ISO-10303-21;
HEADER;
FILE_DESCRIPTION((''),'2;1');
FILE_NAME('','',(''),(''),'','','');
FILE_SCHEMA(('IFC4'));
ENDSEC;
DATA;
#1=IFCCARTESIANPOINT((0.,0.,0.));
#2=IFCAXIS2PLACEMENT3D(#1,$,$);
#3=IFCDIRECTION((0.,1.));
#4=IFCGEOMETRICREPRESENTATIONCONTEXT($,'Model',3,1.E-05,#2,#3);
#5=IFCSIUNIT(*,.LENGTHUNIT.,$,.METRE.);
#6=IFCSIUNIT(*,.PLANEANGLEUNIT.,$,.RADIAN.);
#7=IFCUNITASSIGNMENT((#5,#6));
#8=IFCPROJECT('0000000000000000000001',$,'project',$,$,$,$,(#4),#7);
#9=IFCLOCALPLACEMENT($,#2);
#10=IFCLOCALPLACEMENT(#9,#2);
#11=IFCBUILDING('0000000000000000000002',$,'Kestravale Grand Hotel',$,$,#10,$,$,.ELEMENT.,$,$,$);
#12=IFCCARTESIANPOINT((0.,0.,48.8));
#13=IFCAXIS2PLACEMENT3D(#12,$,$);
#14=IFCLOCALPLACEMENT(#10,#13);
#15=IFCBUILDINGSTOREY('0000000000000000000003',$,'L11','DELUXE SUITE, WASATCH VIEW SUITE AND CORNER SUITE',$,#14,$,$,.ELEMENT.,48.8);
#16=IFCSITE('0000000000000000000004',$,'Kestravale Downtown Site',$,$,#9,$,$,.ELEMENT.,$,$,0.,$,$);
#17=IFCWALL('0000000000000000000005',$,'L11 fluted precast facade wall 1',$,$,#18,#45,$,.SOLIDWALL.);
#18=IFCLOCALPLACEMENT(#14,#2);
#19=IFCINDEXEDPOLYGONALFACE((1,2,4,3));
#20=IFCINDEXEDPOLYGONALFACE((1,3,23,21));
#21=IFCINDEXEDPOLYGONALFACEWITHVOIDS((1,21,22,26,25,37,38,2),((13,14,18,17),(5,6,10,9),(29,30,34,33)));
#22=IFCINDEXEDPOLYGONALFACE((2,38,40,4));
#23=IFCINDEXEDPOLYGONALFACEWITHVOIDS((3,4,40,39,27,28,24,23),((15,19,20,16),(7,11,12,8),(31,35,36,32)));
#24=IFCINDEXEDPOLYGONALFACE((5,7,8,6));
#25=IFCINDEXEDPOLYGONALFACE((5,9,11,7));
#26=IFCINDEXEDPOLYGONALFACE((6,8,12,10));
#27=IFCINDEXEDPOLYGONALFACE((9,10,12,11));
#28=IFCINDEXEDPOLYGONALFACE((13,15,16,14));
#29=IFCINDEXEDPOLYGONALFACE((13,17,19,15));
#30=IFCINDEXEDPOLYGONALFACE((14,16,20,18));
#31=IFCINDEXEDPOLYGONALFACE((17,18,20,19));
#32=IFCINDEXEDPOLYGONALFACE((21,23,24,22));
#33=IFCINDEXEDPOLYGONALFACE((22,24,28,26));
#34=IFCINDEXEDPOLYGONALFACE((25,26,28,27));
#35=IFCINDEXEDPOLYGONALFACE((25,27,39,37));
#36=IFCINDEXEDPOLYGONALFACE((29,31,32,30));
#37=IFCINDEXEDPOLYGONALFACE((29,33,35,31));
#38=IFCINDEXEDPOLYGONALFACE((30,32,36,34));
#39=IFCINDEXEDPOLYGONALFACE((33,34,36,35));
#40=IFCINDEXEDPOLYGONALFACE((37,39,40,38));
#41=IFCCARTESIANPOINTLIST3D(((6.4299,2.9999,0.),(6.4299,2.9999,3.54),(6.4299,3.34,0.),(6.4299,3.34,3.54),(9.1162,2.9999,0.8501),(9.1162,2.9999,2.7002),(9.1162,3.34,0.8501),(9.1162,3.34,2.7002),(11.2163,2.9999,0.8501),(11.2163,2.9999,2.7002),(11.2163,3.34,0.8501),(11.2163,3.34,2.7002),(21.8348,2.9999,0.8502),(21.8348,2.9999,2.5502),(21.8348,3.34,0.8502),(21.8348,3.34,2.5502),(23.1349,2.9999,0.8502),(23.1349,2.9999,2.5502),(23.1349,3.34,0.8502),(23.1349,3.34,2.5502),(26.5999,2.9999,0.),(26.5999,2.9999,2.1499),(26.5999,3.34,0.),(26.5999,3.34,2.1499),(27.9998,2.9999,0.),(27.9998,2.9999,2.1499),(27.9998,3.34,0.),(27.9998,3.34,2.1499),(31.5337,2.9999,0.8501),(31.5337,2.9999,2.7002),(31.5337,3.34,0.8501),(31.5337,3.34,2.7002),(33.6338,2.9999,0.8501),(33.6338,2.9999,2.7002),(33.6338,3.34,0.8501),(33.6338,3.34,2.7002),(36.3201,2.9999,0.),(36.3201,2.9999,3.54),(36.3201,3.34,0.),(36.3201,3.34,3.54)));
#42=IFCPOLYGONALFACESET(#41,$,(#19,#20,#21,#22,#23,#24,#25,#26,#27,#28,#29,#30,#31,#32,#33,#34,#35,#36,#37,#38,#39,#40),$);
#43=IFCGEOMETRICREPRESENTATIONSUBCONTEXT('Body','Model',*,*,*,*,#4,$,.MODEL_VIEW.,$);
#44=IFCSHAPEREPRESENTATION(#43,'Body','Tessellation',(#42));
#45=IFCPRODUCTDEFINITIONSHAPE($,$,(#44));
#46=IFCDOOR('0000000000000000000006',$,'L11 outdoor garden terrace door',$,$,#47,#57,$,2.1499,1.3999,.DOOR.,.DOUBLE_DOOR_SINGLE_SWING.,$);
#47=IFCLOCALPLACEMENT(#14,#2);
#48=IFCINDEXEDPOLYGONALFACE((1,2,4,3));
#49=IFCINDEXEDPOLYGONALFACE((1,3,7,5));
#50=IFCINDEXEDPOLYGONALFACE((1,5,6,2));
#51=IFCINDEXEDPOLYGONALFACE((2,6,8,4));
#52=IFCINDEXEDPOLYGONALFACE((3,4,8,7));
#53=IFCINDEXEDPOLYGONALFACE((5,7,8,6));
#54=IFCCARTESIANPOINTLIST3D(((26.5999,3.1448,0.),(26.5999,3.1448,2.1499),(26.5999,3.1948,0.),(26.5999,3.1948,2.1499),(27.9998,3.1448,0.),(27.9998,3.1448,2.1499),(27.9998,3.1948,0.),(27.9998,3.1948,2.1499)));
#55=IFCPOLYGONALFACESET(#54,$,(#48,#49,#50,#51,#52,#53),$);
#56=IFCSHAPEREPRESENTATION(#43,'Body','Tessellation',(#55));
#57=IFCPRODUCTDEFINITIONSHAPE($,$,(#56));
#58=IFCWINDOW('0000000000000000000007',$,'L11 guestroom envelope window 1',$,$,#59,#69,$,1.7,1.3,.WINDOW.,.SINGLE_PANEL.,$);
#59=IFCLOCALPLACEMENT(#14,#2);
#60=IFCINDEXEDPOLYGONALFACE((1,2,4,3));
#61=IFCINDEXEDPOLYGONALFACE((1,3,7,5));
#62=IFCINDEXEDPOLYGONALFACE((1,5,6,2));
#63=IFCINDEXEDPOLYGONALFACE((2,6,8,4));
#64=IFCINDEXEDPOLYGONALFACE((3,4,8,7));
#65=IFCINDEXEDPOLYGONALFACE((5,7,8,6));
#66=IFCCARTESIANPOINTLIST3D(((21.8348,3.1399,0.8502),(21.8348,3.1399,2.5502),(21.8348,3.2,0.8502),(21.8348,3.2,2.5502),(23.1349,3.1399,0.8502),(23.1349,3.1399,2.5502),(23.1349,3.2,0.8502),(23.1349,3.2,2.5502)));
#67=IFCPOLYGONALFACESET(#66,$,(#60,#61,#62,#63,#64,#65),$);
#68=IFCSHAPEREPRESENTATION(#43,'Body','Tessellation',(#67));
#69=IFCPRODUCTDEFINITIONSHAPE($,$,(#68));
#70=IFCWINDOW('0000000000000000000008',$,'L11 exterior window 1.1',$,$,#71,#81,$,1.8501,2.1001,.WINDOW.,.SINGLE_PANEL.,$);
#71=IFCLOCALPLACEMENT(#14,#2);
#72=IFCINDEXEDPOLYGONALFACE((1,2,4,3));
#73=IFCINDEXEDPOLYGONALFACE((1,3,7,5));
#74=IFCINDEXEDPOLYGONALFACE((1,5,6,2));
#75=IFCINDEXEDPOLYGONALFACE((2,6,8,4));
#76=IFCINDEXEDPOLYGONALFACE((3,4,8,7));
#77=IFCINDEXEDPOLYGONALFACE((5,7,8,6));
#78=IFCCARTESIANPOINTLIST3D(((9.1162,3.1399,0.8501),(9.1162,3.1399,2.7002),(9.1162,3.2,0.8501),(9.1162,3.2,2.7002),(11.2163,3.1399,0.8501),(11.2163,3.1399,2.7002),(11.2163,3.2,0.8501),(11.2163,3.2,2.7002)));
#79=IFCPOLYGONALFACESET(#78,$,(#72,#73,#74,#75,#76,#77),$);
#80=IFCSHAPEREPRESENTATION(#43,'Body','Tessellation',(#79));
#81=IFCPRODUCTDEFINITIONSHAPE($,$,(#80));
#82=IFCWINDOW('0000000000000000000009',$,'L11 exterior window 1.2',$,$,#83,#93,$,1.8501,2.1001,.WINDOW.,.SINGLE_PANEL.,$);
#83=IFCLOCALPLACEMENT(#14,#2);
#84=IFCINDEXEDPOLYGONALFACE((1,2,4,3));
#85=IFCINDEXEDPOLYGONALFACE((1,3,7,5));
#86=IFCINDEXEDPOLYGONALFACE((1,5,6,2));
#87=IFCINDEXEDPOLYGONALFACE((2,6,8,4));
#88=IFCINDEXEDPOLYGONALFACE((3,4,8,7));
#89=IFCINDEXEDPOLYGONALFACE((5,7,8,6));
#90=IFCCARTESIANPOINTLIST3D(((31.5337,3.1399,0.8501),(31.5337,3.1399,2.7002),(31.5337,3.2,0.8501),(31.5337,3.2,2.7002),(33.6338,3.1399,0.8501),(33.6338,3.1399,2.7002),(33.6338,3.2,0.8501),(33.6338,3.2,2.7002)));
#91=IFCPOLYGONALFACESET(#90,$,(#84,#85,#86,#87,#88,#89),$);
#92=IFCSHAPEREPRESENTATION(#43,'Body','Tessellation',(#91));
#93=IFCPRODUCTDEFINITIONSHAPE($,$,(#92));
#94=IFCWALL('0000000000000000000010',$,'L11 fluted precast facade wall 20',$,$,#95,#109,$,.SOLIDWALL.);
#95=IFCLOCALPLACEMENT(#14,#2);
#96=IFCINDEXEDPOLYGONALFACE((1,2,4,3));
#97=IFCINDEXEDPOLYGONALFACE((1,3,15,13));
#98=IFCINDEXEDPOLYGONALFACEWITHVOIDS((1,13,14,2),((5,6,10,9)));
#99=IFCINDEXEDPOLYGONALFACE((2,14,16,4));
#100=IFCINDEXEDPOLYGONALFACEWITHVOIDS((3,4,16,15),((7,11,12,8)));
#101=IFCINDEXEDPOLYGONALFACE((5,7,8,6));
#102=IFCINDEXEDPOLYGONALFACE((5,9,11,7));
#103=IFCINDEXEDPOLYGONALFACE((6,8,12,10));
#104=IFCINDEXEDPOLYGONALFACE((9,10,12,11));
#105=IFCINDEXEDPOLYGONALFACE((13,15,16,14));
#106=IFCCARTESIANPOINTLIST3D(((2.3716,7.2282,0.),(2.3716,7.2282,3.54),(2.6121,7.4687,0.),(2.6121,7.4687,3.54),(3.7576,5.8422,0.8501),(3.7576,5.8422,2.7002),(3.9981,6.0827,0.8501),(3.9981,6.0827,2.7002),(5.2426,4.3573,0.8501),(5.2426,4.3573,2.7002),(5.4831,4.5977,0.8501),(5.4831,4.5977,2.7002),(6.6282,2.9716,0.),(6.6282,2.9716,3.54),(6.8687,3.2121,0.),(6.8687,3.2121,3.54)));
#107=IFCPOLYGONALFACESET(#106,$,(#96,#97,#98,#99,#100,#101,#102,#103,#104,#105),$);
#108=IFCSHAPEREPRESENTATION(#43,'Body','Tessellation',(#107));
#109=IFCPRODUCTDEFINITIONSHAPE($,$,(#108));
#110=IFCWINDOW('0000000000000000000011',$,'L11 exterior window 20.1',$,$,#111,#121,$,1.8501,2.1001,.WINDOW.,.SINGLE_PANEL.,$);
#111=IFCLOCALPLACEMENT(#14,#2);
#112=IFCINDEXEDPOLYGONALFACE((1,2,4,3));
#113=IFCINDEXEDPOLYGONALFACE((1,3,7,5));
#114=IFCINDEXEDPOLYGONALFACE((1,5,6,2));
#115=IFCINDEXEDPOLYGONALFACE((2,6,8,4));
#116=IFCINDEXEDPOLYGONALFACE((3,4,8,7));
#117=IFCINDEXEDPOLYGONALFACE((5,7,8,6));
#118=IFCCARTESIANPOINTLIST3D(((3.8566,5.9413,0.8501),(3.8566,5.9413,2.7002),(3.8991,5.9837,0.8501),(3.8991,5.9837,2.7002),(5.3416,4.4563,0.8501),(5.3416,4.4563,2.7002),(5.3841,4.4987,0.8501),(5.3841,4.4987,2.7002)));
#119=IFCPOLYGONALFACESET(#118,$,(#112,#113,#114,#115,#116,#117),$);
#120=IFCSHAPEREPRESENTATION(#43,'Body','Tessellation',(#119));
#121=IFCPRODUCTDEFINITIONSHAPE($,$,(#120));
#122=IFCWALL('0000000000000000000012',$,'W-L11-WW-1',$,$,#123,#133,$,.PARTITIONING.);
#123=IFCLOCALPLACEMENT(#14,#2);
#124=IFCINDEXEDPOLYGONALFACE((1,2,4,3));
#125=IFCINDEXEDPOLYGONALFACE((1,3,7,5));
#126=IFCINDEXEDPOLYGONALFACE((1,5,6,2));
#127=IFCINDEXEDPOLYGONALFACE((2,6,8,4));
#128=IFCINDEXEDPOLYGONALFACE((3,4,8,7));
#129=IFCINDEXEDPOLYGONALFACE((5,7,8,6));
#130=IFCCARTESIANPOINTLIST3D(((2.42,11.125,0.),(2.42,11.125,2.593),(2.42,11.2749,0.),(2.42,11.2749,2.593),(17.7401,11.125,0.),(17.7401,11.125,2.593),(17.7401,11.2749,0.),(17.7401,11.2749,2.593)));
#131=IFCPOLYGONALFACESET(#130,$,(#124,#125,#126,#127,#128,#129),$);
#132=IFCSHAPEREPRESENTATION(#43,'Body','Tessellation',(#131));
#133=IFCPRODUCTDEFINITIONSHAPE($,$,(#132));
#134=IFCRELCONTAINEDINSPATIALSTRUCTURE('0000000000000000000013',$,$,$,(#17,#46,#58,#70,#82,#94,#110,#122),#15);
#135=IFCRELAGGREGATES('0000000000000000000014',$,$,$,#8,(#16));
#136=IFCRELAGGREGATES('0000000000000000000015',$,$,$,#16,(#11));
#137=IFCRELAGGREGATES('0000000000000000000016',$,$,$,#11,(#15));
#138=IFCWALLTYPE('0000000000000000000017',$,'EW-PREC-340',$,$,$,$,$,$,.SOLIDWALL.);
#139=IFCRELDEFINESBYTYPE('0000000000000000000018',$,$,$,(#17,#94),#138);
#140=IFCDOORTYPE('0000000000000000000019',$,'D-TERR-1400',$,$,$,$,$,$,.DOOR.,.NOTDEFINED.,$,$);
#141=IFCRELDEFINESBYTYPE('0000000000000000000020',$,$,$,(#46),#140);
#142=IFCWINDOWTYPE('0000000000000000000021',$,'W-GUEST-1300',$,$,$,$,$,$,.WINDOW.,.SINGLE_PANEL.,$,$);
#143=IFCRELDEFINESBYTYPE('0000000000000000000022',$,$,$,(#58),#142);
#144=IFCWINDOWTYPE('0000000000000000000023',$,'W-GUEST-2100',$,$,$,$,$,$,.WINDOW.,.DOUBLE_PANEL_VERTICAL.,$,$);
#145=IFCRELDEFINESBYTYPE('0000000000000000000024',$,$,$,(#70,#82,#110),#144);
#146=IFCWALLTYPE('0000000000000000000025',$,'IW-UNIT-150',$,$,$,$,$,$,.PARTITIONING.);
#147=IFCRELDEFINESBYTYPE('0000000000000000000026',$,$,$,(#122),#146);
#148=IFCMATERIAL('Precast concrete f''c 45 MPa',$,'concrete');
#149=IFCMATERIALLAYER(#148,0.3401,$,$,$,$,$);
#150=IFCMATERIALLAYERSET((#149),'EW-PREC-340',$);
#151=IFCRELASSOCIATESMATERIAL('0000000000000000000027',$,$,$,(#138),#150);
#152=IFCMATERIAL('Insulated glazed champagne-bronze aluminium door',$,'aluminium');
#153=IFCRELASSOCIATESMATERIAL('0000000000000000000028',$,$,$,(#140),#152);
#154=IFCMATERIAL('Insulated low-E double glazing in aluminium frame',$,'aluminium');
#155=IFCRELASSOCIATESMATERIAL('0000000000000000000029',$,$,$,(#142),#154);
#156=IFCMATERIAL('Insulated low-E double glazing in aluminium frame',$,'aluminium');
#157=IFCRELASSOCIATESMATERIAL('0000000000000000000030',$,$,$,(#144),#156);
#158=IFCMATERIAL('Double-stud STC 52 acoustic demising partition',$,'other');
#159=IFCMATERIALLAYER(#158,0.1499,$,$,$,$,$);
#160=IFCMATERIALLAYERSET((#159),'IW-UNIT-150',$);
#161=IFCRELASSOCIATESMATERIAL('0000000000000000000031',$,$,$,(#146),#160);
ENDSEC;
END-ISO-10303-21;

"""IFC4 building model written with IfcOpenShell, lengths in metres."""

from ifc_helpers import new_model, si_unit, direction, frame, frame_2d, origin, place, context, subcontext, project, spatial, rectangle, extrude, material, layer, layer_set, type_object, element, fill, save


model = new_model("IFC4")

# Units and contexts
model_context = context("Model", 3, precision=1e-05, world=origin(), true_north=direction((0.0, 1.0)))
body_context = subcontext(model_context, "Body", "Model", "MODEL_VIEW")
ifc_project = project(units=[si_unit("LENGTHUNIT", "METRE"), si_unit("PLANEANGLEUNIT", "RADIAN")], contexts=[model_context])

# Site, building, storey
site_placement = place(None, origin())
site = spatial("IfcSite", under=ifc_project, at=site_placement, Name="Kestravale Downtown Site", CompositionType="ELEMENT", RefElevation=0.0)
building_placement = place(site_placement, origin())
building = spatial("IfcBuilding", under=site, at=building_placement, Name="Kestravale Grand Hotel", CompositionType="ELEMENT")
storey_placement = place(building_placement, frame((0.0, 0.0, 48.8)))
storey = spatial("IfcBuildingStorey", under=building, at=storey_placement, Name="L11", Description="DELUXE SUITE, WASATCH VIEW SUITE AND CORNER SUITE", CompositionType="ELEMENT", Elevation=48.8)

# Wall, openings, door, windows
ifc_material_1 = material(Name="Precast concrete f'c 45 MPa", Category="concrete")
ifc_layer_1 = layer(ifc_material_1, 0.3401)
ifc_layer_set_1 = layer_set([ifc_layer_1], Name="EW-PREC-340")
wall_type_1 = type_object("IfcWallType", Name="EW-PREC-340", PredefinedType="SOLIDWALL", material=ifc_layer_set_1)
wall_1_placement = place(storey_placement, frame((6.4299, 3.1699, 0.0), z_axis=(0.0, 0.0, 1.0), x_axis=(1.0, 0.0, 0.0)))
wall_1 = element("IfcWall", 1, at=wall_1_placement, inside=storey, type_object=wall_type_1, Name="L11 fluted precast facade wall 1", PredefinedType="SOLIDWALL", context=body_context, shape_type="SweptSolid", body=[
    extrude(rectangle(XDim=29.8901, YDim=0.3401, at=frame_2d((14.9451, 0.0))), origin(), (0.0, 0.0, 1.0), 3.54),
])
opening_1_placement = place(wall_1_placement, frame((20.1699, 0.0, 0.0)))
opening_1 = element("IfcOpeningElement", 2, at=opening_1_placement, cuts=wall_1, PredefinedType="OPENING", context=body_context, shape_type="SweptSolid", body=[
    extrude(rectangle(XDim=1.3999, YDim=2.1499, at=frame_2d((0.7, 1.075))), frame((0.0, 0.1799, 0.0), z_axis=(0.0, -1.0, 0.0), x_axis=(1.0, 0.0, 0.0)), (0.0, 0.0, 1.0), 0.3601),
])
opening_2_placement = place(wall_1_placement, frame((2.6863, 0.0, 0.8501)))
opening_2 = element("IfcOpeningElement", 3, at=opening_2_placement, cuts=wall_1, PredefinedType="OPENING", context=body_context, shape_type="SweptSolid", body=[
    extrude(rectangle(XDim=2.1001, YDim=1.8501, at=frame_2d((1.05, 0.925))), frame((0.0, 0.1799, 0.0), z_axis=(0.0, -1.0, 0.0), x_axis=(1.0, 0.0, 0.0)), (0.0, 0.0, 1.0), 0.3601),
])
opening_3_placement = place(wall_1_placement, frame((25.1038, 0.0, 0.8501)))
opening_3 = element("IfcOpeningElement", 4, at=opening_3_placement, cuts=wall_1, PredefinedType="OPENING", context=body_context, shape_type="SweptSolid", body=[
    extrude(rectangle(XDim=2.1001, YDim=1.8501, at=frame_2d((1.05, 0.925))), frame((0.0, 0.1799, 0.0), z_axis=(0.0, -1.0, 0.0), x_axis=(1.0, 0.0, 0.0)), (0.0, 0.0, 1.0), 0.3601),
])
opening_4_placement = place(wall_1_placement, frame((15.405, 0.0, 0.8501)))
opening_4 = element("IfcOpeningElement", 5, at=opening_4_placement, cuts=wall_1, PredefinedType="OPENING", context=body_context, shape_type="SweptSolid", body=[
    extrude(rectangle(XDim=1.3, YDim=1.7, at=frame_2d((0.6499, 0.8501))), frame((0.0, 0.1799, 0.0), z_axis=(0.0, -1.0, 0.0), x_axis=(1.0, 0.0, 0.0)), (0.0, 0.0, 1.0), 0.3601),
])
ifc_material_2 = material(Name="Insulated glazed champagne-bronze aluminium door", Category="aluminium")
door_type = type_object("IfcDoorType", Name="D-TERR-1400", OperationType="NOTDEFINED", PredefinedType="DOOR", material=ifc_material_2)
door_placement = place(opening_1_placement, origin())
door = element("IfcDoor", 6, at=door_placement, inside=storey, type_object=door_type, Name="L11 outdoor garden terrace door", OperationType="DOUBLE_DOOR_SINGLE_SWING", OverallHeight=2.1499, OverallWidth=1.3999, PredefinedType="DOOR", context=body_context, shape_type="SweptSolid", body=[
    extrude(rectangle(XDim=1.3999, YDim=2.1499, at=frame_2d((0.7, 1.075))), frame((0.0, 0.0249, 0.0), z_axis=(0.0, -1.0, 0.0), x_axis=(1.0, 0.0, 0.0)), (0.0, 0.0, 1.0), 0.05),
])
fill(opening_1, door)
ifc_material_3 = material(Name="Insulated low-E double glazing in aluminium frame", Category="aluminium")
window_type_1 = type_object("IfcWindowType", Name="W-GUEST-1300", PartitioningType="SINGLE_PANEL", PredefinedType="WINDOW", material=ifc_material_3)
window_1_placement = place(opening_4_placement, origin())
window_1 = element("IfcWindow", 7, at=window_1_placement, inside=storey, type_object=window_type_1, Name="L11 guestroom envelope window 1", OverallHeight=1.7, OverallWidth=1.3, PartitioningType="SINGLE_PANEL", PredefinedType="WINDOW", context=body_context, shape_type="SweptSolid", body=[
    extrude(rectangle(XDim=1.3, YDim=1.7, at=frame_2d((0.6499, 0.8501))), frame((0.0, 0.03, 0.0), z_axis=(0.0, -1.0, 0.0), x_axis=(1.0, 0.0, 0.0)), (0.0, 0.0, 1.0), 0.0601),
])
fill(opening_4, window_1)
ifc_material_4 = material(Name="Insulated low-E double glazing in aluminium frame", Category="aluminium")
window_type_2 = type_object("IfcWindowType", Name="W-GUEST-2100", PartitioningType="DOUBLE_PANEL_VERTICAL", PredefinedType="WINDOW", material=ifc_material_4)
window_2_placement = place(opening_2_placement, origin())
window_2 = element("IfcWindow", 8, at=window_2_placement, inside=storey, type_object=window_type_2, Name="L11 exterior window 1.1", OverallHeight=1.8501, OverallWidth=2.1001, PartitioningType="SINGLE_PANEL", PredefinedType="WINDOW", context=body_context, shape_type="SweptSolid", body=[
    extrude(rectangle(XDim=2.1001, YDim=1.8501, at=frame_2d((1.05, 0.925))), frame((0.0, 0.03, 0.0), z_axis=(0.0, -1.0, 0.0), x_axis=(1.0, 0.0, 0.0)), (0.0, 0.0, 1.0), 0.0601),
])
fill(opening_2, window_2)
window_3_placement = place(opening_3_placement, origin())
window_3 = element("IfcWindow", 9, at=window_3_placement, inside=storey, type_object=window_type_2, Name="L11 exterior window 1.2", OverallHeight=1.8501, OverallWidth=2.1001, PartitioningType="SINGLE_PANEL", PredefinedType="WINDOW", context=body_context, shape_type="SweptSolid", body=[
    extrude(rectangle(XDim=2.1001, YDim=1.8501, at=frame_2d((1.05, 0.925))), frame((0.0, 0.03, 0.0), z_axis=(0.0, -1.0, 0.0), x_axis=(1.0, 0.0, 0.0)), (0.0, 0.0, 1.0), 0.0601),
])
fill(opening_3, window_3)

# Wall, opening, window
wall_2_placement = place(storey_placement, frame((2.4919, 7.3484, 0.0), z_axis=(0.0, 0.0, 1.0), x_axis=(0.707107, -0.707107, 0.0)))
wall_2 = element("IfcWall", 10, at=wall_2_placement, inside=storey, type_object=wall_type_1, Name="L11 fluted precast facade wall 20", PredefinedType="SOLIDWALL", context=body_context, shape_type="SweptSolid", body=[
    extrude(rectangle(XDim=6.0198, YDim=0.3401, at=frame_2d((3.0098, 0.0))), origin(), (0.0, 0.0, 1.0), 3.54),
])
opening_5_placement = place(wall_2_placement, frame((1.96, 0.0, 0.8501)))
opening_5 = element("IfcOpeningElement", 11, at=opening_5_placement, cuts=wall_2, PredefinedType="OPENING", context=body_context, shape_type="SweptSolid", body=[
    extrude(rectangle(XDim=2.1001, YDim=1.8501, at=frame_2d((1.05, 0.925))), frame((0.0, 0.1799, 0.0), z_axis=(0.0, -1.0, 0.0), x_axis=(1.0, 0.0, 0.0)), (0.0, 0.0, 1.0), 0.3601),
])
window_4_placement = place(opening_5_placement, origin())
window_4 = element("IfcWindow", 12, at=window_4_placement, inside=storey, type_object=window_type_2, Name="L11 exterior window 20.1", OverallHeight=1.8501, OverallWidth=2.1001, PartitioningType="SINGLE_PANEL", PredefinedType="WINDOW", context=body_context, shape_type="SweptSolid", body=[
    extrude(rectangle(XDim=2.1001, YDim=1.8501, at=frame_2d((1.05, 0.925))), frame((0.0, 0.03, 0.0), z_axis=(0.0, -1.0, 0.0), x_axis=(1.0, 0.0, 0.0)), (0.0, 0.0, 1.0), 0.0601),
])
fill(opening_5, window_4)

# Wall
ifc_material_5 = material(Name="Double-stud STC 52 acoustic demising partition", Category="other")
ifc_layer_2 = layer(ifc_material_5, 0.1499)
ifc_layer_set_2 = layer_set([ifc_layer_2], Name="IW-UNIT-150")
wall_type_2 = type_object("IfcWallType", Name="IW-UNIT-150", PredefinedType="PARTITIONING", material=ifc_layer_set_2)
wall_3_placement = place(storey_placement, frame((2.4199, 11.2, 0.0), z_axis=(0.0, 0.0, 1.0), x_axis=(1.0, 0.0, 0.0)))
element("IfcWall", 13, at=wall_3_placement, inside=storey, type_object=wall_type_2, Name="W-L11-WW-1", PredefinedType="PARTITIONING", context=body_context, shape_type="SweptSolid", body=[
    extrude(rectangle(XDim=15.3201, YDim=0.1499, at=frame_2d((7.6602, 0.0))), origin(), (0.0, 0.0, 1.0), 2.593),
])

save(model, "model.ifc")
